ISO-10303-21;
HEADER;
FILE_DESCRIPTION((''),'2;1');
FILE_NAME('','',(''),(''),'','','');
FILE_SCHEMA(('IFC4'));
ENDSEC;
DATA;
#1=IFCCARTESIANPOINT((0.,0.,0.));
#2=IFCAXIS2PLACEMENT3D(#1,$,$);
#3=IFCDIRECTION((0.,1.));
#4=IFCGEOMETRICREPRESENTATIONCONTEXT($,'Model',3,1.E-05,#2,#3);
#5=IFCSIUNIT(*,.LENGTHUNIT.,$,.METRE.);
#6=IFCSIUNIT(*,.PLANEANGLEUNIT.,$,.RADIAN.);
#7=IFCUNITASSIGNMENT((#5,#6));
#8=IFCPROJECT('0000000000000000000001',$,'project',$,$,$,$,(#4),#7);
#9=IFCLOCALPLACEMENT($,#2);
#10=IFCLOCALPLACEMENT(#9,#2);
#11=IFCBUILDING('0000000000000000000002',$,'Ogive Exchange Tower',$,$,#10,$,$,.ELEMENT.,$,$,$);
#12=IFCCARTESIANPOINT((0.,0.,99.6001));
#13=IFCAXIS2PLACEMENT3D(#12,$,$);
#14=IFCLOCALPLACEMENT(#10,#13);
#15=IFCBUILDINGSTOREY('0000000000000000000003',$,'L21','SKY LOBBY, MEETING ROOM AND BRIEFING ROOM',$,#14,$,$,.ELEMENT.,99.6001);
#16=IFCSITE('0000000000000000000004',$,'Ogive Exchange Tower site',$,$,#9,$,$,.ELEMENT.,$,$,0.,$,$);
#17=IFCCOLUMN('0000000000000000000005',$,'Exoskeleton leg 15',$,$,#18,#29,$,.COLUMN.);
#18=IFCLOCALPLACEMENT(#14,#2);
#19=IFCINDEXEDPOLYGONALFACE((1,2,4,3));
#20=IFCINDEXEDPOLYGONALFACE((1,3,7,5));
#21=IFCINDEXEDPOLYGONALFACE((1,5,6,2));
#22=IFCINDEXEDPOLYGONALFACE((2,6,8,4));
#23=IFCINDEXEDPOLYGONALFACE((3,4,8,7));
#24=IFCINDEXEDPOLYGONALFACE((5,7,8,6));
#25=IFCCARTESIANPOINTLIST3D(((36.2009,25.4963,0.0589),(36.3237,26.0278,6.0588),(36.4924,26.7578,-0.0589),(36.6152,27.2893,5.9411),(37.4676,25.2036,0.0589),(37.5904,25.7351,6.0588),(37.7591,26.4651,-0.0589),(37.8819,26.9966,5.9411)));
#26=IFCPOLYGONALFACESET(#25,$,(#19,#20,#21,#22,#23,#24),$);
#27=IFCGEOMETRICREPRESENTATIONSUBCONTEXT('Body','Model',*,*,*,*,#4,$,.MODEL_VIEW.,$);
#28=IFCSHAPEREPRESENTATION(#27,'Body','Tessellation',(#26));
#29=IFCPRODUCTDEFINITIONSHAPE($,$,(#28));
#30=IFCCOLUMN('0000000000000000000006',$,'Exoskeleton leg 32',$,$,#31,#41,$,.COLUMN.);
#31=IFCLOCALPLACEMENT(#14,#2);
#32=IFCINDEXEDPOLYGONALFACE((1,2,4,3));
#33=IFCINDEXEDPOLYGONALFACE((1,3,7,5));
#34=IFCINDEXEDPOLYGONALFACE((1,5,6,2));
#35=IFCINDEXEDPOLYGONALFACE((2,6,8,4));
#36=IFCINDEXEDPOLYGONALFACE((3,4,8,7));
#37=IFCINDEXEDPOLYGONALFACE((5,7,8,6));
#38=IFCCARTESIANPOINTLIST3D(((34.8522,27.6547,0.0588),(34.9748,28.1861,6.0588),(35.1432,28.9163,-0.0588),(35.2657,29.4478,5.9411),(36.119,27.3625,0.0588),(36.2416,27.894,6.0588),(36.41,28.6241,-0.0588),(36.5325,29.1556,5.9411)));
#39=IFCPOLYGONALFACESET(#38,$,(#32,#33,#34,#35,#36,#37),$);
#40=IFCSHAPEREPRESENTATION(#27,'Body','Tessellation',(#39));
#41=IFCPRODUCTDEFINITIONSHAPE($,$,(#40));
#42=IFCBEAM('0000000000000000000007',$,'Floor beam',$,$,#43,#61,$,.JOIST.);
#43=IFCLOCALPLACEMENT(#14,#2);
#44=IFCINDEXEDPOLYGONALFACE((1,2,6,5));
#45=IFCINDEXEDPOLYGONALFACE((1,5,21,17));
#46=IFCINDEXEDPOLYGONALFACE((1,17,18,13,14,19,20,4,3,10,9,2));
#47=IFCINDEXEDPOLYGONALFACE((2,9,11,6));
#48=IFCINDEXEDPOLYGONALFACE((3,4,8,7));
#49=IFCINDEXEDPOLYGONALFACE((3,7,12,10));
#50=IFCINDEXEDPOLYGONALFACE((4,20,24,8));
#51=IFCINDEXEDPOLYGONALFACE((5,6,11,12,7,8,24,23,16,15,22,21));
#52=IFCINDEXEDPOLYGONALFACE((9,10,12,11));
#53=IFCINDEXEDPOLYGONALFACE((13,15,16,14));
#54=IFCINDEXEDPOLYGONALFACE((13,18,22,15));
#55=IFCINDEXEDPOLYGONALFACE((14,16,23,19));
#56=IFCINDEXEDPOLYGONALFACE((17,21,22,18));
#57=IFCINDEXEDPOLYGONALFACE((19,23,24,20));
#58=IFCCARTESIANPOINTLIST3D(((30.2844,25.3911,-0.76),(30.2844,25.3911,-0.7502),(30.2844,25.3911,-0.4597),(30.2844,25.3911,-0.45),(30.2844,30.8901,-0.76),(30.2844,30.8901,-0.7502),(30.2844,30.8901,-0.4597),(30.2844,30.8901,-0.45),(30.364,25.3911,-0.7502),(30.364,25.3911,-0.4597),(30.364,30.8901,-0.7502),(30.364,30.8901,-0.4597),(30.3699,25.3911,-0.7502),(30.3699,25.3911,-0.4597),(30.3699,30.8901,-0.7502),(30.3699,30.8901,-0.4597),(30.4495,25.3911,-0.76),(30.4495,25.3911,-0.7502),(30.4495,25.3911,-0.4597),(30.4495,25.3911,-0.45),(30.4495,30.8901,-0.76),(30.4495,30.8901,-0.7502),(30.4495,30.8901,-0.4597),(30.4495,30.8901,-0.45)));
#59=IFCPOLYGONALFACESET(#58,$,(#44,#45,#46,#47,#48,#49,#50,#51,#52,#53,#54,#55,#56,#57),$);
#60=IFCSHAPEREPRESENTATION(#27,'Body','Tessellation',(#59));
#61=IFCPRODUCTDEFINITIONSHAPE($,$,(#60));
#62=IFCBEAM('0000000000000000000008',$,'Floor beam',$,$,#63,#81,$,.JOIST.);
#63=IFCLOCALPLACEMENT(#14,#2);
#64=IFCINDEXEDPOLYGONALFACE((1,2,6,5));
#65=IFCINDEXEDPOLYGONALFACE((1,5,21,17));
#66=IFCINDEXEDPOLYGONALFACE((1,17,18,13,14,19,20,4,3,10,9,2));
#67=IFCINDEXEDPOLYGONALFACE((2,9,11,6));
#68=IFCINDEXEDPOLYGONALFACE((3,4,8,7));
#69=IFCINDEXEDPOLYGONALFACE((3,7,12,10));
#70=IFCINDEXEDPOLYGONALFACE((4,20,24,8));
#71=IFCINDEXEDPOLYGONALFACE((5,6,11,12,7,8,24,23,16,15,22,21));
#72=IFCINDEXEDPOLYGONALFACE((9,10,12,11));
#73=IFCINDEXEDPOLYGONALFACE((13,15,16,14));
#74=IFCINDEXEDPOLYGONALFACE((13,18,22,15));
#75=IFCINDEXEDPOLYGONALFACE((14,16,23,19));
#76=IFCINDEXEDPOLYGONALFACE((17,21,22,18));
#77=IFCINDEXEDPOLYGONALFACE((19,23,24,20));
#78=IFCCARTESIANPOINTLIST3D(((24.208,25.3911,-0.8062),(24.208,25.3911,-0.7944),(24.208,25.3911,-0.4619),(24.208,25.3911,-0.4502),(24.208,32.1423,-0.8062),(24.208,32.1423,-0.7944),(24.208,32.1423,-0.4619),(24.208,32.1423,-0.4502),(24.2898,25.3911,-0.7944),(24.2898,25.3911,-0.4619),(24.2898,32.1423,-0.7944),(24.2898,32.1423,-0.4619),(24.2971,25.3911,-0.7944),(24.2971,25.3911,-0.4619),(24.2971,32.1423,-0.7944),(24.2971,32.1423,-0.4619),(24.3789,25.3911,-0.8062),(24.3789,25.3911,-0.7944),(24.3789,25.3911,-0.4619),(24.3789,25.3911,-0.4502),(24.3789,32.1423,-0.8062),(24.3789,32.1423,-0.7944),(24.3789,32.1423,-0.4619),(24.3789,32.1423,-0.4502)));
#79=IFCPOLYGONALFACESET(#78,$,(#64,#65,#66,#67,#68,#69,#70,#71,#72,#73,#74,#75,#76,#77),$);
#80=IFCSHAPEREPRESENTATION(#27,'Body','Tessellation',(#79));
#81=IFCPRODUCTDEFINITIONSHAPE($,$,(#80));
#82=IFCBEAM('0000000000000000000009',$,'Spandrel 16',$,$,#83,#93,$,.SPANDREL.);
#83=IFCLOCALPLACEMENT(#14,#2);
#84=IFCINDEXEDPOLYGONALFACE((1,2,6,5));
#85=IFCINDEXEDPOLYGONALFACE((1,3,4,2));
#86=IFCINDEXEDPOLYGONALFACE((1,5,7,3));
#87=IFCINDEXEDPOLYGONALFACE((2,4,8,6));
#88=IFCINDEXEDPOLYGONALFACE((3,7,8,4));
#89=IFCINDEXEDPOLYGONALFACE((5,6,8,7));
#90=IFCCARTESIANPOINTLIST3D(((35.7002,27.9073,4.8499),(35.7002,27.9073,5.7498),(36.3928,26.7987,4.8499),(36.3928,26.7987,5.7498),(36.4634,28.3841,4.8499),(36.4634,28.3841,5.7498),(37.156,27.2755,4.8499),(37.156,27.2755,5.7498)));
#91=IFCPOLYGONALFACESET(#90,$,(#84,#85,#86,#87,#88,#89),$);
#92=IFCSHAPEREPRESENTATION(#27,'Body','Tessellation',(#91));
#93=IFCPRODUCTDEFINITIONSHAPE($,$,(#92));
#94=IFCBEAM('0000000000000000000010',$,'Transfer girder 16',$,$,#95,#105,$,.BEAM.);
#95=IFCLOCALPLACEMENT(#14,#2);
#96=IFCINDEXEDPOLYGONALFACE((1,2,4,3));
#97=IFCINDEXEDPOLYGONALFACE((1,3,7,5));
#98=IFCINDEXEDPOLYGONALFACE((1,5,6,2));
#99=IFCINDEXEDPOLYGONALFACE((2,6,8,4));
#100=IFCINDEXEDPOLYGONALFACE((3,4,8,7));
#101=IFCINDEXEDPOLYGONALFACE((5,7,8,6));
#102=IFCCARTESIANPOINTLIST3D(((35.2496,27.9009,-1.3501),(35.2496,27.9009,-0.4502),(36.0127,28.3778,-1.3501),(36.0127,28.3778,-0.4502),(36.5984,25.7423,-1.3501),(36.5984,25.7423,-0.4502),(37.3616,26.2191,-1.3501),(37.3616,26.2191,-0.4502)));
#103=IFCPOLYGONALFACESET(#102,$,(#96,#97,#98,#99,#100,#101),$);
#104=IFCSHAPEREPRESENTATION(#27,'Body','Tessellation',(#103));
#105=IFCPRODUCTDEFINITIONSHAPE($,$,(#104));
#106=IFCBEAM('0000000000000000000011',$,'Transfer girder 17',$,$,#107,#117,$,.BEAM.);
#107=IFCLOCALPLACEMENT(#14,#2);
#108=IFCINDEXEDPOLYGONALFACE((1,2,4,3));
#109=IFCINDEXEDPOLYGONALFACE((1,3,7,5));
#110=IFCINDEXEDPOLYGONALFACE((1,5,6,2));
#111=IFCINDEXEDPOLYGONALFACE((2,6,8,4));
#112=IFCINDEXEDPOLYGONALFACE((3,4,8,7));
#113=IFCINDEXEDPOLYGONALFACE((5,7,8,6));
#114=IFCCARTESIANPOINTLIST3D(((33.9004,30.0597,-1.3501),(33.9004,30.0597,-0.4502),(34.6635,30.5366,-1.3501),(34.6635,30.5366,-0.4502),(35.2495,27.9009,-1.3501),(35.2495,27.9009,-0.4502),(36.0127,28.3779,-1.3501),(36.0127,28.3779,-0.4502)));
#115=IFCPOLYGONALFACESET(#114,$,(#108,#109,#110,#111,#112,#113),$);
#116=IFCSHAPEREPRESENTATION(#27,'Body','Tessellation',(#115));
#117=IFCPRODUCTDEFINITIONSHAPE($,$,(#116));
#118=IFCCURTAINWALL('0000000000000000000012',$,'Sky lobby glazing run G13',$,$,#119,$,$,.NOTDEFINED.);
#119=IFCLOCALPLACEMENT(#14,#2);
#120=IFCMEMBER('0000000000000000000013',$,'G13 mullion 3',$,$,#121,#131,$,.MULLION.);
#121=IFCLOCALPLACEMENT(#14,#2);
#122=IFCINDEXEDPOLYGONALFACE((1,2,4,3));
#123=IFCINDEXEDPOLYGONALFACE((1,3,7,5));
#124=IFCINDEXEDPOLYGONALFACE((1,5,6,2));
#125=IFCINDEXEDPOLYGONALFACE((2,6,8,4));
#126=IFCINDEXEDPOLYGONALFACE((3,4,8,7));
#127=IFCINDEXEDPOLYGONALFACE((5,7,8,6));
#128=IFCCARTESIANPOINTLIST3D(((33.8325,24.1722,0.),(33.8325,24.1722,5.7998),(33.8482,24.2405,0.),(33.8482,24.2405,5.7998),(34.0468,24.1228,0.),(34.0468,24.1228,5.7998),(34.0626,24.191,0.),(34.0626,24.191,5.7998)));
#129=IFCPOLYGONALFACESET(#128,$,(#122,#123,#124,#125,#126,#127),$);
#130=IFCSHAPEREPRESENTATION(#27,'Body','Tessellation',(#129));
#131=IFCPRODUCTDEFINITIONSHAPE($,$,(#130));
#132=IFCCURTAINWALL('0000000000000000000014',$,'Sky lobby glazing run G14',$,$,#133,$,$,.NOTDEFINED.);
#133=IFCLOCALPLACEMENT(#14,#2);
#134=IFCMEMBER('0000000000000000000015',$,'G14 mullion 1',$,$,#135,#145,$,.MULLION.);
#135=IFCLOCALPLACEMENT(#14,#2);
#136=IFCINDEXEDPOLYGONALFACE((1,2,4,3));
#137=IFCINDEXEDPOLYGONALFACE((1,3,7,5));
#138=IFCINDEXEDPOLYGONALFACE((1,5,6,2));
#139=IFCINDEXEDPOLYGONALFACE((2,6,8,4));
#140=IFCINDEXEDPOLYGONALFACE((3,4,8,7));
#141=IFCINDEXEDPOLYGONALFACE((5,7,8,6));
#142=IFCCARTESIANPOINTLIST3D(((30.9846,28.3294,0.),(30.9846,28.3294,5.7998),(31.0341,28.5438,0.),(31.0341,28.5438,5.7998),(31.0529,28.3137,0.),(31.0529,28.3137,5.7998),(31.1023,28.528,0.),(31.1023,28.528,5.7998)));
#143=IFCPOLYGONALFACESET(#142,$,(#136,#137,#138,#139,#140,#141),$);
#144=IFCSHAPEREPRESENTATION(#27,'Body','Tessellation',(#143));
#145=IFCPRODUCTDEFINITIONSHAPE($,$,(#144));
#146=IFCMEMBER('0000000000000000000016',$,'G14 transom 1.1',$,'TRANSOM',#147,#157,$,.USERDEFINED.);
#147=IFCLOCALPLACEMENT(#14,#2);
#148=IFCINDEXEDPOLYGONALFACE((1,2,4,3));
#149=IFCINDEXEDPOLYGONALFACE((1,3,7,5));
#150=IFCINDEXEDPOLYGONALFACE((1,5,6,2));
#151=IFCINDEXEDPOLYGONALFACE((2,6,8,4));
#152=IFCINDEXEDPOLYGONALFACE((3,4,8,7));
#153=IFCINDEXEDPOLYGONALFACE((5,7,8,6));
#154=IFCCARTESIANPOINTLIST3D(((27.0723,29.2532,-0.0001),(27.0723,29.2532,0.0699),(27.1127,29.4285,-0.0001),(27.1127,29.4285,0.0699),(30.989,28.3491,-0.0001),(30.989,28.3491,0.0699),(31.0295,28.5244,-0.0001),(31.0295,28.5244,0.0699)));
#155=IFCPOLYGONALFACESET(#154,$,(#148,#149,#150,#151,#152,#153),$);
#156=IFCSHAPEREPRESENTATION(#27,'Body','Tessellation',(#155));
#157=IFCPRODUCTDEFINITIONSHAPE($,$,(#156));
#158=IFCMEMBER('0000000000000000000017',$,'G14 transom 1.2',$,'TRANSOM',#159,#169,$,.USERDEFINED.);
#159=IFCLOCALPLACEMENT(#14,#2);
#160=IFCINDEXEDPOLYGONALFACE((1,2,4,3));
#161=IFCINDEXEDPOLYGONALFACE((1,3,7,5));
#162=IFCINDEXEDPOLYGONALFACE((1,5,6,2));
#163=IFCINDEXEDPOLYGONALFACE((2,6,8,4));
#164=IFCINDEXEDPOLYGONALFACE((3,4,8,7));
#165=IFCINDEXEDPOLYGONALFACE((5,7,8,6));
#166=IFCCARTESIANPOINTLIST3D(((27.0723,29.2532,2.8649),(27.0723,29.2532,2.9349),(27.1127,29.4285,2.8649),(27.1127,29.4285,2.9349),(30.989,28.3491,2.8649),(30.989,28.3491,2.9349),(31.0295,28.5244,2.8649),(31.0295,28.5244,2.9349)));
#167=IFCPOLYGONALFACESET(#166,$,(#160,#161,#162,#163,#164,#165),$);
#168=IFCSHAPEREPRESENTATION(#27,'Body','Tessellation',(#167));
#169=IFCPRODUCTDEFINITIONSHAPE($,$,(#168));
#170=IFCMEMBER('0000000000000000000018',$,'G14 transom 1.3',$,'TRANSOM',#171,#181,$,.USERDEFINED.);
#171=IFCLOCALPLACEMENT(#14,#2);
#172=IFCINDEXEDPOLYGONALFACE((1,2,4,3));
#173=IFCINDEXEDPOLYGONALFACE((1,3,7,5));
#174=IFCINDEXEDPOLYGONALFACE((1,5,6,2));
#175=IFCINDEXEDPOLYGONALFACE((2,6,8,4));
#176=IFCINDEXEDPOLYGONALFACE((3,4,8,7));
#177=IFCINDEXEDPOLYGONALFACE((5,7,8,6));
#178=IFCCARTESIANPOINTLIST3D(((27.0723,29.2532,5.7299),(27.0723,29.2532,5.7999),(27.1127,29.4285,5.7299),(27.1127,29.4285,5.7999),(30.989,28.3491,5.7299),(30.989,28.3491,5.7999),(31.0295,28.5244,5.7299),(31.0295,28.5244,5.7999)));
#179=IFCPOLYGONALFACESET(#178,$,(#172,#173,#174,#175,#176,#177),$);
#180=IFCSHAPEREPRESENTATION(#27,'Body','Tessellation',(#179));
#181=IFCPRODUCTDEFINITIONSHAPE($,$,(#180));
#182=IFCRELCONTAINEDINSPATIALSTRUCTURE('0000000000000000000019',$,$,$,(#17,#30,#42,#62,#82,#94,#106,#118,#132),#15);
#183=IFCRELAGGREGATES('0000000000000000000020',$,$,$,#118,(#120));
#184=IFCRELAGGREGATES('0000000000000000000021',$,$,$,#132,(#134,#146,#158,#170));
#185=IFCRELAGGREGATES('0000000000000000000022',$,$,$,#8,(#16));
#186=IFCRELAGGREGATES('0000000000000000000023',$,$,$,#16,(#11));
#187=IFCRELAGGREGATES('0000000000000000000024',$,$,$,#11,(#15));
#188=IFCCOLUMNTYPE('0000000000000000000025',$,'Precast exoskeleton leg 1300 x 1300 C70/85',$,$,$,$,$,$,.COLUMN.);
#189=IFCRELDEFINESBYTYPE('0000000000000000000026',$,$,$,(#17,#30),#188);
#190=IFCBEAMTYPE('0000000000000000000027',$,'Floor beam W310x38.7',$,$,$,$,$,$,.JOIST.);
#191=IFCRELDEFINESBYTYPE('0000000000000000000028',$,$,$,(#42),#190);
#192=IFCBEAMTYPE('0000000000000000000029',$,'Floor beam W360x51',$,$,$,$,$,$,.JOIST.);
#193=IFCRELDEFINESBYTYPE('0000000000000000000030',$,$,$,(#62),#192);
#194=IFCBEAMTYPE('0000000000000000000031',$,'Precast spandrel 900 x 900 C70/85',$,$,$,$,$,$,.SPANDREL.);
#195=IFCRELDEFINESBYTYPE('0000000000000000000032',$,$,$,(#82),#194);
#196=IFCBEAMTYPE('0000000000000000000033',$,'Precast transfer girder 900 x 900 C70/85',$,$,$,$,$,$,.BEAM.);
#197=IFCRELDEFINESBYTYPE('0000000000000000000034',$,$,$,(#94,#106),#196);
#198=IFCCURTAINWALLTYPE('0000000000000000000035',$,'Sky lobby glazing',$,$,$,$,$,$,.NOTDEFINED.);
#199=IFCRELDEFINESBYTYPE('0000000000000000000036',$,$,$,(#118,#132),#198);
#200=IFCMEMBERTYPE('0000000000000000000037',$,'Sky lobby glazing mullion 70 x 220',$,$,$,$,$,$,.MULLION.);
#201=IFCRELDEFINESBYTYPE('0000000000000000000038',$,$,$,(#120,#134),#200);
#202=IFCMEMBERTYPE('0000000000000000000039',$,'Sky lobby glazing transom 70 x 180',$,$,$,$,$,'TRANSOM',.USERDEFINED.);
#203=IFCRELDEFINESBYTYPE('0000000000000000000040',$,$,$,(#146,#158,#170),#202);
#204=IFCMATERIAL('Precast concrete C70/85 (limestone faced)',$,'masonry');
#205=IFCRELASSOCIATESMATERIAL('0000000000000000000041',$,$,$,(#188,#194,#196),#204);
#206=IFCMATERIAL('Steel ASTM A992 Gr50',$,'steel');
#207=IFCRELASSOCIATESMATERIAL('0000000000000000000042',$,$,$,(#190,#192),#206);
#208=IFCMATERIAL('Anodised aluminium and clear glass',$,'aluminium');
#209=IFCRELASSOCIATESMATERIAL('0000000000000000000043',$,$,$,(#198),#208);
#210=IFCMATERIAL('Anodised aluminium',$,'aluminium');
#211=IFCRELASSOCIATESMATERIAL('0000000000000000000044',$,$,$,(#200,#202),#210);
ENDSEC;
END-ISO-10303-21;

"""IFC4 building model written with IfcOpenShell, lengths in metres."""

from ifc_helpers import new_model, si_unit, direction, frame, origin, origin_2d, place, context, subcontext, project, spatial, rectangle, i_section, extrude, material, material_profile, profile_set, type_object, element, aggregate, save


model = new_model("IFC4")

# Units and contexts
model_context = context("Model", 3, precision=1e-05, world=origin(), true_north=direction((0.0, 1.0)))
body_context = subcontext(model_context, "Body", "Model", "MODEL_VIEW")
ifc_project = project(units=[si_unit("LENGTHUNIT", "METRE"), si_unit("PLANEANGLEUNIT", "RADIAN")], contexts=[model_context])

# Site, building, storey
site_placement = place(None, origin())
site = spatial("IfcSite", under=ifc_project, at=site_placement, Name="Ogive Exchange Tower site", CompositionType="ELEMENT", RefElevation=0.0)
building_placement = place(site_placement, origin())
building = spatial("IfcBuilding", under=site, at=building_placement, Name="Ogive Exchange Tower", CompositionType="ELEMENT")
storey_placement = place(building_placement, frame((0.0, 0.0, 99.6001)))
storey = spatial("IfcBuildingStorey", under=building, at=storey_placement, Name="L21", Description="SKY LOBBY, MEETING ROOM AND BRIEFING ROOM", CompositionType="ELEMENT", Elevation=99.6001)

# Columns
ifc_material_1 = material(Name="Precast concrete C70/85 (limestone faced)", Category="masonry")
ifc_material_profile_1 = material_profile(ifc_material_1, rectangle(XDim=1.3, YDim=1.3, at=origin_2d()), Name="1300 x 1300")
ifc_profile_set_1 = profile_set([ifc_material_profile_1], Name="Precast concrete C70/85 (limestone faced)")
column_type = type_object("IfcColumnType", Name="Precast exoskeleton leg 1300 x 1300 C70/85", PredefinedType="COLUMN", material=ifc_profile_set_1)
for number, where, z_axis, x_axis, name in (
    (1, (36.98, 25.9807, 0.0), (0.020383, 0.088219, 0.995893), (-0.974331, 0.225121, 0.0), "Exoskeleton leg 15"),
    (2, (35.6311, 28.1394, 0.0), (0.020343, 0.088219, 0.995893), (-0.974429, 0.224696, 0.0), "Exoskeleton leg 32"),
):
    element("IfcColumn", number, at=place(storey_placement, frame(where, z_axis=z_axis, x_axis=x_axis)), inside=storey, type_object=column_type, Name=name, PredefinedType="COLUMN", context=body_context, shape_type="SweptSolid", body=[
        extrude(rectangle(XDim=1.3, YDim=1.3, at=origin_2d()), origin(), (0.0, 0.0, 1.0), 6.0247),
    ])

# Beams
ifc_material_2 = material(Name="Steel ASTM A992 Gr50", Category="steel")
ifc_material_profile_2 = material_profile(ifc_material_2, i_section(OverallWidth=0.165, OverallDepth=0.3101, WebThickness=0.0059, FlangeThickness=0.0098, at=origin_2d()), Name="W310x38.7")
ifc_profile_set_2 = profile_set([ifc_material_profile_2], Name="Steel ASTM A992 Gr50")
beam_type_1 = type_object("IfcBeamType", Name="Floor beam W310x38.7", PredefinedType="JOIST", material=ifc_profile_set_2)
beam_1_placement = place(storey_placement, frame((30.3669, 25.3911, -0.605), z_axis=(0.0, 1.0, 0.0), x_axis=(-1.0, 0.0, 0.0)))
element("IfcBeam", 3, at=beam_1_placement, inside=storey, type_object=beam_type_1, Name="Floor beam", PredefinedType="JOIST", context=body_context, shape_type="SweptSolid", body=[
    extrude(i_section(OverallWidth=0.165, OverallDepth=0.3101, WebThickness=0.0059, FlangeThickness=0.0098, at=origin_2d()), origin(), (0.0, 0.0, 1.0), 5.499),
])
ifc_material_profile_3 = material_profile(ifc_material_2, i_section(OverallWidth=0.1709, OverallDepth=0.356, WebThickness=0.0073, FlangeThickness=0.0117, at=origin_2d()), Name="W360x51")
ifc_profile_set_3 = profile_set([ifc_material_profile_3], Name="Steel ASTM A992 Gr50")
beam_type_2 = type_object("IfcBeamType", Name="Floor beam W360x51", PredefinedType="JOIST", material=ifc_profile_set_3)
beam_2_placement = place(storey_placement, frame((24.2935, 25.3911, -0.6282), z_axis=(0.0, 1.0, 0.0), x_axis=(-1.0, 0.0, 0.0)))
element("IfcBeam", 4, at=beam_2_placement, inside=storey, type_object=beam_type_2, Name="Floor beam", PredefinedType="JOIST", context=body_context, shape_type="SweptSolid", body=[
    extrude(i_section(OverallWidth=0.1709, OverallDepth=0.356, WebThickness=0.0073, FlangeThickness=0.0117, at=origin_2d()), origin(), (0.0, 0.0, 1.0), 6.7512),
])
ifc_material_profile_4 = material_profile(ifc_material_1, rectangle(XDim=0.8999, YDim=0.8999, at=origin_2d()), Name="900 x 900")
ifc_profile_set_4 = profile_set([ifc_material_profile_4], Name="Precast concrete C70/85 (limestone faced)")
beam_type_3 = type_object("IfcBeamType", Name="Precast spandrel 900 x 900 C70/85", PredefinedType="SPANDREL", material=ifc_profile_set_4)
beam_3_placement = place(storey_placement, frame((36.7744, 27.0371, 5.2998), z_axis=(-0.529848, 0.848093, 0.0), x_axis=(-0.848093, -0.529848, 0.0)))
element("IfcBeam", 5, at=beam_3_placement, inside=storey, type_object=beam_type_3, Name="Spandrel 16", PredefinedType="SPANDREL", context=body_context, shape_type="SweptSolid", body=[
    extrude(rectangle(XDim=0.8999, YDim=0.8999, at=origin_2d()), origin(), (0.0, 0.0, 1.0), 1.3071),
])
ifc_material_profile_5 = material_profile(ifc_material_1, rectangle(XDim=0.8999, YDim=0.8999, at=origin_2d()), Name="900 x 900")
ifc_profile_set_5 = profile_set([ifc_material_profile_5], Name="Precast concrete C70/85 (limestone faced)")
beam_type_4 = type_object("IfcBeamType", Name="Precast transfer girder 900 x 900 C70/85", PredefinedType="BEAM", material=ifc_profile_set_5)
beam_4_placement = place(storey_placement, frame((36.98, 25.9807, -0.9001), z_axis=(-0.529913, 0.848052, 0.0), x_axis=(-0.848052, -0.529913, 0.0)))
element("IfcBeam", 6, at=beam_4_placement, inside=storey, type_object=beam_type_4, Name="Transfer girder 16", PredefinedType="BEAM", context=body_context, shape_type="SweptSolid", body=[
    extrude(rectangle(XDim=0.8999, YDim=0.8999, at=origin_2d()), origin(), (0.0, 0.0, 1.0), 2.5454),
])
beam_5_placement = place(storey_placement, frame((35.6311, 28.1394, -0.9001), z_axis=(-0.529982, 0.848009, 0.0), x_axis=(-0.848009, -0.529982, 0.0)))
element("IfcBeam", 7, at=beam_5_placement, inside=storey, type_object=beam_type_4, Name="Transfer girder 17", PredefinedType="BEAM", context=body_context, shape_type="SweptSolid", body=[
    extrude(rectangle(XDim=0.8999, YDim=0.8999, at=origin_2d()), origin(), (0.0, 0.0, 1.0), 2.5457),
])

# Curtain wall, member
ifc_material_3 = material(Name="Anodised aluminium and clear glass", Category="aluminium")
curtain_wall_type = type_object("IfcCurtainWallType", Name="Sky lobby glazing", PredefinedType="NOTDEFINED", material=ifc_material_3)
curtain_wall_1_placement = place(storey_placement, origin())
curtain_wall_1 = element("IfcCurtainWall", 8, at=curtain_wall_1_placement, inside=storey, type_object=curtain_wall_type, Name="Sky lobby glazing run G13", PredefinedType="NOTDEFINED")
ifc_material_4 = material(Name="Anodised aluminium", Category="aluminium")
ifc_material_profile_6 = material_profile(ifc_material_4, rectangle(XDim=0.22, YDim=0.0701, at=origin_2d()), Name="AL 70x220")
ifc_profile_set_6 = profile_set([ifc_material_profile_6], Name="Anodised aluminium")
member_type_1 = type_object("IfcMemberType", Name="Sky lobby glazing mullion 70 x 220", PredefinedType="MULLION", material=ifc_profile_set_6)
member_1_placement = place(storey_placement, frame((33.9475, 24.1816, 0.0), z_axis=(0.0, 0.0, 1.0), x_axis=(-0.974369, 0.224957, 0.0)))
member_1 = element("IfcMember", 9, at=member_1_placement, type_object=member_type_1, Name="G13 mullion 3", PredefinedType="MULLION", context=body_context, shape_type="SweptSolid", body=[
    extrude(rectangle(XDim=0.22, YDim=0.0701, at=origin_2d()), origin(), (0.0, 0.0, 1.0), 5.7998),
])

# Curtain wall, members
curtain_wall_2_placement = place(storey_placement, origin())
curtain_wall_2 = element("IfcCurtainWall", 10, at=curtain_wall_2_placement, inside=storey, type_object=curtain_wall_type, Name="Sky lobby glazing run G14", PredefinedType="NOTDEFINED")
member_2_placement = place(storey_placement, frame((31.0435, 28.4287, 0.0), z_axis=(0.0, 0.0, 1.0), x_axis=(-0.224947, -0.974371, 0.0)))
member_2 = element("IfcMember", 11, at=member_2_placement, type_object=member_type_1, Name="G14 mullion 1", PredefinedType="MULLION", context=body_context, shape_type="SweptSolid", body=[
    extrude(rectangle(XDim=0.22, YDim=0.0701, at=origin_2d()), origin(), (0.0, 0.0, 1.0), 5.7998),
])
ifc_material_profile_7 = material_profile(ifc_material_4, rectangle(XDim=0.1799, YDim=0.0701, at=origin_2d()), Name="AL 70x180")
ifc_profile_set_7 = profile_set([ifc_material_profile_7], Name="Anodised aluminium")
member_type_2 = type_object("IfcMemberType", Name="Sky lobby glazing transom 70 x 180", ElementType="TRANSOM", PredefinedType="USERDEFINED", material=ifc_profile_set_7)
member_3_placement = place(storey_placement, frame((31.0093, 28.4368, 0.0349), z_axis=(-0.974381, 0.224904, 0.0), x_axis=(-0.224904, -0.974381, 0.0)))
member_3 = element("IfcMember", 12, at=member_3_placement, type_object=member_type_2, Name="G14 transom 1.1", ObjectType="TRANSOM", PredefinedType="USERDEFINED", context=body_context, shape_type="SweptSolid", body=[
    extrude(rectangle(XDim=0.1799, YDim=0.0701, at=origin_2d()), origin(), (0.0, 0.0, 1.0), 4.0198),
])
member_4_placement = place(storey_placement, frame((31.0093, 28.4368, 2.8999), z_axis=(-0.974381, 0.224904, 0.0), x_axis=(-0.224904, -0.974381, 0.0)))
member_4 = element("IfcMember", 13, at=member_4_placement, type_object=member_type_2, Name="G14 transom 1.2", ObjectType="TRANSOM", PredefinedType="USERDEFINED", context=body_context, shape_type="SweptSolid", body=[
    extrude(rectangle(XDim=0.1799, YDim=0.0701, at=origin_2d()), origin(), (0.0, 0.0, 1.0), 4.0198),
])
member_5_placement = place(storey_placement, frame((31.0093, 28.4368, 5.7649), z_axis=(-0.974381, 0.224904, 0.0), x_axis=(-0.224904, -0.974381, 0.0)))
member_5 = element("IfcMember", 14, at=member_5_placement, type_object=member_type_2, Name="G14 transom 1.3", ObjectType="TRANSOM", PredefinedType="USERDEFINED", context=body_context, shape_type="SweptSolid", body=[
    extrude(rectangle(XDim=0.1799, YDim=0.0701, at=origin_2d()), origin(), (0.0, 0.0, 1.0), 4.0198),
])

aggregate(curtain_wall_1, [member_1])
aggregate(curtain_wall_2, [member_2, member_3, member_4, member_5])

save(model, "model.ifc")
